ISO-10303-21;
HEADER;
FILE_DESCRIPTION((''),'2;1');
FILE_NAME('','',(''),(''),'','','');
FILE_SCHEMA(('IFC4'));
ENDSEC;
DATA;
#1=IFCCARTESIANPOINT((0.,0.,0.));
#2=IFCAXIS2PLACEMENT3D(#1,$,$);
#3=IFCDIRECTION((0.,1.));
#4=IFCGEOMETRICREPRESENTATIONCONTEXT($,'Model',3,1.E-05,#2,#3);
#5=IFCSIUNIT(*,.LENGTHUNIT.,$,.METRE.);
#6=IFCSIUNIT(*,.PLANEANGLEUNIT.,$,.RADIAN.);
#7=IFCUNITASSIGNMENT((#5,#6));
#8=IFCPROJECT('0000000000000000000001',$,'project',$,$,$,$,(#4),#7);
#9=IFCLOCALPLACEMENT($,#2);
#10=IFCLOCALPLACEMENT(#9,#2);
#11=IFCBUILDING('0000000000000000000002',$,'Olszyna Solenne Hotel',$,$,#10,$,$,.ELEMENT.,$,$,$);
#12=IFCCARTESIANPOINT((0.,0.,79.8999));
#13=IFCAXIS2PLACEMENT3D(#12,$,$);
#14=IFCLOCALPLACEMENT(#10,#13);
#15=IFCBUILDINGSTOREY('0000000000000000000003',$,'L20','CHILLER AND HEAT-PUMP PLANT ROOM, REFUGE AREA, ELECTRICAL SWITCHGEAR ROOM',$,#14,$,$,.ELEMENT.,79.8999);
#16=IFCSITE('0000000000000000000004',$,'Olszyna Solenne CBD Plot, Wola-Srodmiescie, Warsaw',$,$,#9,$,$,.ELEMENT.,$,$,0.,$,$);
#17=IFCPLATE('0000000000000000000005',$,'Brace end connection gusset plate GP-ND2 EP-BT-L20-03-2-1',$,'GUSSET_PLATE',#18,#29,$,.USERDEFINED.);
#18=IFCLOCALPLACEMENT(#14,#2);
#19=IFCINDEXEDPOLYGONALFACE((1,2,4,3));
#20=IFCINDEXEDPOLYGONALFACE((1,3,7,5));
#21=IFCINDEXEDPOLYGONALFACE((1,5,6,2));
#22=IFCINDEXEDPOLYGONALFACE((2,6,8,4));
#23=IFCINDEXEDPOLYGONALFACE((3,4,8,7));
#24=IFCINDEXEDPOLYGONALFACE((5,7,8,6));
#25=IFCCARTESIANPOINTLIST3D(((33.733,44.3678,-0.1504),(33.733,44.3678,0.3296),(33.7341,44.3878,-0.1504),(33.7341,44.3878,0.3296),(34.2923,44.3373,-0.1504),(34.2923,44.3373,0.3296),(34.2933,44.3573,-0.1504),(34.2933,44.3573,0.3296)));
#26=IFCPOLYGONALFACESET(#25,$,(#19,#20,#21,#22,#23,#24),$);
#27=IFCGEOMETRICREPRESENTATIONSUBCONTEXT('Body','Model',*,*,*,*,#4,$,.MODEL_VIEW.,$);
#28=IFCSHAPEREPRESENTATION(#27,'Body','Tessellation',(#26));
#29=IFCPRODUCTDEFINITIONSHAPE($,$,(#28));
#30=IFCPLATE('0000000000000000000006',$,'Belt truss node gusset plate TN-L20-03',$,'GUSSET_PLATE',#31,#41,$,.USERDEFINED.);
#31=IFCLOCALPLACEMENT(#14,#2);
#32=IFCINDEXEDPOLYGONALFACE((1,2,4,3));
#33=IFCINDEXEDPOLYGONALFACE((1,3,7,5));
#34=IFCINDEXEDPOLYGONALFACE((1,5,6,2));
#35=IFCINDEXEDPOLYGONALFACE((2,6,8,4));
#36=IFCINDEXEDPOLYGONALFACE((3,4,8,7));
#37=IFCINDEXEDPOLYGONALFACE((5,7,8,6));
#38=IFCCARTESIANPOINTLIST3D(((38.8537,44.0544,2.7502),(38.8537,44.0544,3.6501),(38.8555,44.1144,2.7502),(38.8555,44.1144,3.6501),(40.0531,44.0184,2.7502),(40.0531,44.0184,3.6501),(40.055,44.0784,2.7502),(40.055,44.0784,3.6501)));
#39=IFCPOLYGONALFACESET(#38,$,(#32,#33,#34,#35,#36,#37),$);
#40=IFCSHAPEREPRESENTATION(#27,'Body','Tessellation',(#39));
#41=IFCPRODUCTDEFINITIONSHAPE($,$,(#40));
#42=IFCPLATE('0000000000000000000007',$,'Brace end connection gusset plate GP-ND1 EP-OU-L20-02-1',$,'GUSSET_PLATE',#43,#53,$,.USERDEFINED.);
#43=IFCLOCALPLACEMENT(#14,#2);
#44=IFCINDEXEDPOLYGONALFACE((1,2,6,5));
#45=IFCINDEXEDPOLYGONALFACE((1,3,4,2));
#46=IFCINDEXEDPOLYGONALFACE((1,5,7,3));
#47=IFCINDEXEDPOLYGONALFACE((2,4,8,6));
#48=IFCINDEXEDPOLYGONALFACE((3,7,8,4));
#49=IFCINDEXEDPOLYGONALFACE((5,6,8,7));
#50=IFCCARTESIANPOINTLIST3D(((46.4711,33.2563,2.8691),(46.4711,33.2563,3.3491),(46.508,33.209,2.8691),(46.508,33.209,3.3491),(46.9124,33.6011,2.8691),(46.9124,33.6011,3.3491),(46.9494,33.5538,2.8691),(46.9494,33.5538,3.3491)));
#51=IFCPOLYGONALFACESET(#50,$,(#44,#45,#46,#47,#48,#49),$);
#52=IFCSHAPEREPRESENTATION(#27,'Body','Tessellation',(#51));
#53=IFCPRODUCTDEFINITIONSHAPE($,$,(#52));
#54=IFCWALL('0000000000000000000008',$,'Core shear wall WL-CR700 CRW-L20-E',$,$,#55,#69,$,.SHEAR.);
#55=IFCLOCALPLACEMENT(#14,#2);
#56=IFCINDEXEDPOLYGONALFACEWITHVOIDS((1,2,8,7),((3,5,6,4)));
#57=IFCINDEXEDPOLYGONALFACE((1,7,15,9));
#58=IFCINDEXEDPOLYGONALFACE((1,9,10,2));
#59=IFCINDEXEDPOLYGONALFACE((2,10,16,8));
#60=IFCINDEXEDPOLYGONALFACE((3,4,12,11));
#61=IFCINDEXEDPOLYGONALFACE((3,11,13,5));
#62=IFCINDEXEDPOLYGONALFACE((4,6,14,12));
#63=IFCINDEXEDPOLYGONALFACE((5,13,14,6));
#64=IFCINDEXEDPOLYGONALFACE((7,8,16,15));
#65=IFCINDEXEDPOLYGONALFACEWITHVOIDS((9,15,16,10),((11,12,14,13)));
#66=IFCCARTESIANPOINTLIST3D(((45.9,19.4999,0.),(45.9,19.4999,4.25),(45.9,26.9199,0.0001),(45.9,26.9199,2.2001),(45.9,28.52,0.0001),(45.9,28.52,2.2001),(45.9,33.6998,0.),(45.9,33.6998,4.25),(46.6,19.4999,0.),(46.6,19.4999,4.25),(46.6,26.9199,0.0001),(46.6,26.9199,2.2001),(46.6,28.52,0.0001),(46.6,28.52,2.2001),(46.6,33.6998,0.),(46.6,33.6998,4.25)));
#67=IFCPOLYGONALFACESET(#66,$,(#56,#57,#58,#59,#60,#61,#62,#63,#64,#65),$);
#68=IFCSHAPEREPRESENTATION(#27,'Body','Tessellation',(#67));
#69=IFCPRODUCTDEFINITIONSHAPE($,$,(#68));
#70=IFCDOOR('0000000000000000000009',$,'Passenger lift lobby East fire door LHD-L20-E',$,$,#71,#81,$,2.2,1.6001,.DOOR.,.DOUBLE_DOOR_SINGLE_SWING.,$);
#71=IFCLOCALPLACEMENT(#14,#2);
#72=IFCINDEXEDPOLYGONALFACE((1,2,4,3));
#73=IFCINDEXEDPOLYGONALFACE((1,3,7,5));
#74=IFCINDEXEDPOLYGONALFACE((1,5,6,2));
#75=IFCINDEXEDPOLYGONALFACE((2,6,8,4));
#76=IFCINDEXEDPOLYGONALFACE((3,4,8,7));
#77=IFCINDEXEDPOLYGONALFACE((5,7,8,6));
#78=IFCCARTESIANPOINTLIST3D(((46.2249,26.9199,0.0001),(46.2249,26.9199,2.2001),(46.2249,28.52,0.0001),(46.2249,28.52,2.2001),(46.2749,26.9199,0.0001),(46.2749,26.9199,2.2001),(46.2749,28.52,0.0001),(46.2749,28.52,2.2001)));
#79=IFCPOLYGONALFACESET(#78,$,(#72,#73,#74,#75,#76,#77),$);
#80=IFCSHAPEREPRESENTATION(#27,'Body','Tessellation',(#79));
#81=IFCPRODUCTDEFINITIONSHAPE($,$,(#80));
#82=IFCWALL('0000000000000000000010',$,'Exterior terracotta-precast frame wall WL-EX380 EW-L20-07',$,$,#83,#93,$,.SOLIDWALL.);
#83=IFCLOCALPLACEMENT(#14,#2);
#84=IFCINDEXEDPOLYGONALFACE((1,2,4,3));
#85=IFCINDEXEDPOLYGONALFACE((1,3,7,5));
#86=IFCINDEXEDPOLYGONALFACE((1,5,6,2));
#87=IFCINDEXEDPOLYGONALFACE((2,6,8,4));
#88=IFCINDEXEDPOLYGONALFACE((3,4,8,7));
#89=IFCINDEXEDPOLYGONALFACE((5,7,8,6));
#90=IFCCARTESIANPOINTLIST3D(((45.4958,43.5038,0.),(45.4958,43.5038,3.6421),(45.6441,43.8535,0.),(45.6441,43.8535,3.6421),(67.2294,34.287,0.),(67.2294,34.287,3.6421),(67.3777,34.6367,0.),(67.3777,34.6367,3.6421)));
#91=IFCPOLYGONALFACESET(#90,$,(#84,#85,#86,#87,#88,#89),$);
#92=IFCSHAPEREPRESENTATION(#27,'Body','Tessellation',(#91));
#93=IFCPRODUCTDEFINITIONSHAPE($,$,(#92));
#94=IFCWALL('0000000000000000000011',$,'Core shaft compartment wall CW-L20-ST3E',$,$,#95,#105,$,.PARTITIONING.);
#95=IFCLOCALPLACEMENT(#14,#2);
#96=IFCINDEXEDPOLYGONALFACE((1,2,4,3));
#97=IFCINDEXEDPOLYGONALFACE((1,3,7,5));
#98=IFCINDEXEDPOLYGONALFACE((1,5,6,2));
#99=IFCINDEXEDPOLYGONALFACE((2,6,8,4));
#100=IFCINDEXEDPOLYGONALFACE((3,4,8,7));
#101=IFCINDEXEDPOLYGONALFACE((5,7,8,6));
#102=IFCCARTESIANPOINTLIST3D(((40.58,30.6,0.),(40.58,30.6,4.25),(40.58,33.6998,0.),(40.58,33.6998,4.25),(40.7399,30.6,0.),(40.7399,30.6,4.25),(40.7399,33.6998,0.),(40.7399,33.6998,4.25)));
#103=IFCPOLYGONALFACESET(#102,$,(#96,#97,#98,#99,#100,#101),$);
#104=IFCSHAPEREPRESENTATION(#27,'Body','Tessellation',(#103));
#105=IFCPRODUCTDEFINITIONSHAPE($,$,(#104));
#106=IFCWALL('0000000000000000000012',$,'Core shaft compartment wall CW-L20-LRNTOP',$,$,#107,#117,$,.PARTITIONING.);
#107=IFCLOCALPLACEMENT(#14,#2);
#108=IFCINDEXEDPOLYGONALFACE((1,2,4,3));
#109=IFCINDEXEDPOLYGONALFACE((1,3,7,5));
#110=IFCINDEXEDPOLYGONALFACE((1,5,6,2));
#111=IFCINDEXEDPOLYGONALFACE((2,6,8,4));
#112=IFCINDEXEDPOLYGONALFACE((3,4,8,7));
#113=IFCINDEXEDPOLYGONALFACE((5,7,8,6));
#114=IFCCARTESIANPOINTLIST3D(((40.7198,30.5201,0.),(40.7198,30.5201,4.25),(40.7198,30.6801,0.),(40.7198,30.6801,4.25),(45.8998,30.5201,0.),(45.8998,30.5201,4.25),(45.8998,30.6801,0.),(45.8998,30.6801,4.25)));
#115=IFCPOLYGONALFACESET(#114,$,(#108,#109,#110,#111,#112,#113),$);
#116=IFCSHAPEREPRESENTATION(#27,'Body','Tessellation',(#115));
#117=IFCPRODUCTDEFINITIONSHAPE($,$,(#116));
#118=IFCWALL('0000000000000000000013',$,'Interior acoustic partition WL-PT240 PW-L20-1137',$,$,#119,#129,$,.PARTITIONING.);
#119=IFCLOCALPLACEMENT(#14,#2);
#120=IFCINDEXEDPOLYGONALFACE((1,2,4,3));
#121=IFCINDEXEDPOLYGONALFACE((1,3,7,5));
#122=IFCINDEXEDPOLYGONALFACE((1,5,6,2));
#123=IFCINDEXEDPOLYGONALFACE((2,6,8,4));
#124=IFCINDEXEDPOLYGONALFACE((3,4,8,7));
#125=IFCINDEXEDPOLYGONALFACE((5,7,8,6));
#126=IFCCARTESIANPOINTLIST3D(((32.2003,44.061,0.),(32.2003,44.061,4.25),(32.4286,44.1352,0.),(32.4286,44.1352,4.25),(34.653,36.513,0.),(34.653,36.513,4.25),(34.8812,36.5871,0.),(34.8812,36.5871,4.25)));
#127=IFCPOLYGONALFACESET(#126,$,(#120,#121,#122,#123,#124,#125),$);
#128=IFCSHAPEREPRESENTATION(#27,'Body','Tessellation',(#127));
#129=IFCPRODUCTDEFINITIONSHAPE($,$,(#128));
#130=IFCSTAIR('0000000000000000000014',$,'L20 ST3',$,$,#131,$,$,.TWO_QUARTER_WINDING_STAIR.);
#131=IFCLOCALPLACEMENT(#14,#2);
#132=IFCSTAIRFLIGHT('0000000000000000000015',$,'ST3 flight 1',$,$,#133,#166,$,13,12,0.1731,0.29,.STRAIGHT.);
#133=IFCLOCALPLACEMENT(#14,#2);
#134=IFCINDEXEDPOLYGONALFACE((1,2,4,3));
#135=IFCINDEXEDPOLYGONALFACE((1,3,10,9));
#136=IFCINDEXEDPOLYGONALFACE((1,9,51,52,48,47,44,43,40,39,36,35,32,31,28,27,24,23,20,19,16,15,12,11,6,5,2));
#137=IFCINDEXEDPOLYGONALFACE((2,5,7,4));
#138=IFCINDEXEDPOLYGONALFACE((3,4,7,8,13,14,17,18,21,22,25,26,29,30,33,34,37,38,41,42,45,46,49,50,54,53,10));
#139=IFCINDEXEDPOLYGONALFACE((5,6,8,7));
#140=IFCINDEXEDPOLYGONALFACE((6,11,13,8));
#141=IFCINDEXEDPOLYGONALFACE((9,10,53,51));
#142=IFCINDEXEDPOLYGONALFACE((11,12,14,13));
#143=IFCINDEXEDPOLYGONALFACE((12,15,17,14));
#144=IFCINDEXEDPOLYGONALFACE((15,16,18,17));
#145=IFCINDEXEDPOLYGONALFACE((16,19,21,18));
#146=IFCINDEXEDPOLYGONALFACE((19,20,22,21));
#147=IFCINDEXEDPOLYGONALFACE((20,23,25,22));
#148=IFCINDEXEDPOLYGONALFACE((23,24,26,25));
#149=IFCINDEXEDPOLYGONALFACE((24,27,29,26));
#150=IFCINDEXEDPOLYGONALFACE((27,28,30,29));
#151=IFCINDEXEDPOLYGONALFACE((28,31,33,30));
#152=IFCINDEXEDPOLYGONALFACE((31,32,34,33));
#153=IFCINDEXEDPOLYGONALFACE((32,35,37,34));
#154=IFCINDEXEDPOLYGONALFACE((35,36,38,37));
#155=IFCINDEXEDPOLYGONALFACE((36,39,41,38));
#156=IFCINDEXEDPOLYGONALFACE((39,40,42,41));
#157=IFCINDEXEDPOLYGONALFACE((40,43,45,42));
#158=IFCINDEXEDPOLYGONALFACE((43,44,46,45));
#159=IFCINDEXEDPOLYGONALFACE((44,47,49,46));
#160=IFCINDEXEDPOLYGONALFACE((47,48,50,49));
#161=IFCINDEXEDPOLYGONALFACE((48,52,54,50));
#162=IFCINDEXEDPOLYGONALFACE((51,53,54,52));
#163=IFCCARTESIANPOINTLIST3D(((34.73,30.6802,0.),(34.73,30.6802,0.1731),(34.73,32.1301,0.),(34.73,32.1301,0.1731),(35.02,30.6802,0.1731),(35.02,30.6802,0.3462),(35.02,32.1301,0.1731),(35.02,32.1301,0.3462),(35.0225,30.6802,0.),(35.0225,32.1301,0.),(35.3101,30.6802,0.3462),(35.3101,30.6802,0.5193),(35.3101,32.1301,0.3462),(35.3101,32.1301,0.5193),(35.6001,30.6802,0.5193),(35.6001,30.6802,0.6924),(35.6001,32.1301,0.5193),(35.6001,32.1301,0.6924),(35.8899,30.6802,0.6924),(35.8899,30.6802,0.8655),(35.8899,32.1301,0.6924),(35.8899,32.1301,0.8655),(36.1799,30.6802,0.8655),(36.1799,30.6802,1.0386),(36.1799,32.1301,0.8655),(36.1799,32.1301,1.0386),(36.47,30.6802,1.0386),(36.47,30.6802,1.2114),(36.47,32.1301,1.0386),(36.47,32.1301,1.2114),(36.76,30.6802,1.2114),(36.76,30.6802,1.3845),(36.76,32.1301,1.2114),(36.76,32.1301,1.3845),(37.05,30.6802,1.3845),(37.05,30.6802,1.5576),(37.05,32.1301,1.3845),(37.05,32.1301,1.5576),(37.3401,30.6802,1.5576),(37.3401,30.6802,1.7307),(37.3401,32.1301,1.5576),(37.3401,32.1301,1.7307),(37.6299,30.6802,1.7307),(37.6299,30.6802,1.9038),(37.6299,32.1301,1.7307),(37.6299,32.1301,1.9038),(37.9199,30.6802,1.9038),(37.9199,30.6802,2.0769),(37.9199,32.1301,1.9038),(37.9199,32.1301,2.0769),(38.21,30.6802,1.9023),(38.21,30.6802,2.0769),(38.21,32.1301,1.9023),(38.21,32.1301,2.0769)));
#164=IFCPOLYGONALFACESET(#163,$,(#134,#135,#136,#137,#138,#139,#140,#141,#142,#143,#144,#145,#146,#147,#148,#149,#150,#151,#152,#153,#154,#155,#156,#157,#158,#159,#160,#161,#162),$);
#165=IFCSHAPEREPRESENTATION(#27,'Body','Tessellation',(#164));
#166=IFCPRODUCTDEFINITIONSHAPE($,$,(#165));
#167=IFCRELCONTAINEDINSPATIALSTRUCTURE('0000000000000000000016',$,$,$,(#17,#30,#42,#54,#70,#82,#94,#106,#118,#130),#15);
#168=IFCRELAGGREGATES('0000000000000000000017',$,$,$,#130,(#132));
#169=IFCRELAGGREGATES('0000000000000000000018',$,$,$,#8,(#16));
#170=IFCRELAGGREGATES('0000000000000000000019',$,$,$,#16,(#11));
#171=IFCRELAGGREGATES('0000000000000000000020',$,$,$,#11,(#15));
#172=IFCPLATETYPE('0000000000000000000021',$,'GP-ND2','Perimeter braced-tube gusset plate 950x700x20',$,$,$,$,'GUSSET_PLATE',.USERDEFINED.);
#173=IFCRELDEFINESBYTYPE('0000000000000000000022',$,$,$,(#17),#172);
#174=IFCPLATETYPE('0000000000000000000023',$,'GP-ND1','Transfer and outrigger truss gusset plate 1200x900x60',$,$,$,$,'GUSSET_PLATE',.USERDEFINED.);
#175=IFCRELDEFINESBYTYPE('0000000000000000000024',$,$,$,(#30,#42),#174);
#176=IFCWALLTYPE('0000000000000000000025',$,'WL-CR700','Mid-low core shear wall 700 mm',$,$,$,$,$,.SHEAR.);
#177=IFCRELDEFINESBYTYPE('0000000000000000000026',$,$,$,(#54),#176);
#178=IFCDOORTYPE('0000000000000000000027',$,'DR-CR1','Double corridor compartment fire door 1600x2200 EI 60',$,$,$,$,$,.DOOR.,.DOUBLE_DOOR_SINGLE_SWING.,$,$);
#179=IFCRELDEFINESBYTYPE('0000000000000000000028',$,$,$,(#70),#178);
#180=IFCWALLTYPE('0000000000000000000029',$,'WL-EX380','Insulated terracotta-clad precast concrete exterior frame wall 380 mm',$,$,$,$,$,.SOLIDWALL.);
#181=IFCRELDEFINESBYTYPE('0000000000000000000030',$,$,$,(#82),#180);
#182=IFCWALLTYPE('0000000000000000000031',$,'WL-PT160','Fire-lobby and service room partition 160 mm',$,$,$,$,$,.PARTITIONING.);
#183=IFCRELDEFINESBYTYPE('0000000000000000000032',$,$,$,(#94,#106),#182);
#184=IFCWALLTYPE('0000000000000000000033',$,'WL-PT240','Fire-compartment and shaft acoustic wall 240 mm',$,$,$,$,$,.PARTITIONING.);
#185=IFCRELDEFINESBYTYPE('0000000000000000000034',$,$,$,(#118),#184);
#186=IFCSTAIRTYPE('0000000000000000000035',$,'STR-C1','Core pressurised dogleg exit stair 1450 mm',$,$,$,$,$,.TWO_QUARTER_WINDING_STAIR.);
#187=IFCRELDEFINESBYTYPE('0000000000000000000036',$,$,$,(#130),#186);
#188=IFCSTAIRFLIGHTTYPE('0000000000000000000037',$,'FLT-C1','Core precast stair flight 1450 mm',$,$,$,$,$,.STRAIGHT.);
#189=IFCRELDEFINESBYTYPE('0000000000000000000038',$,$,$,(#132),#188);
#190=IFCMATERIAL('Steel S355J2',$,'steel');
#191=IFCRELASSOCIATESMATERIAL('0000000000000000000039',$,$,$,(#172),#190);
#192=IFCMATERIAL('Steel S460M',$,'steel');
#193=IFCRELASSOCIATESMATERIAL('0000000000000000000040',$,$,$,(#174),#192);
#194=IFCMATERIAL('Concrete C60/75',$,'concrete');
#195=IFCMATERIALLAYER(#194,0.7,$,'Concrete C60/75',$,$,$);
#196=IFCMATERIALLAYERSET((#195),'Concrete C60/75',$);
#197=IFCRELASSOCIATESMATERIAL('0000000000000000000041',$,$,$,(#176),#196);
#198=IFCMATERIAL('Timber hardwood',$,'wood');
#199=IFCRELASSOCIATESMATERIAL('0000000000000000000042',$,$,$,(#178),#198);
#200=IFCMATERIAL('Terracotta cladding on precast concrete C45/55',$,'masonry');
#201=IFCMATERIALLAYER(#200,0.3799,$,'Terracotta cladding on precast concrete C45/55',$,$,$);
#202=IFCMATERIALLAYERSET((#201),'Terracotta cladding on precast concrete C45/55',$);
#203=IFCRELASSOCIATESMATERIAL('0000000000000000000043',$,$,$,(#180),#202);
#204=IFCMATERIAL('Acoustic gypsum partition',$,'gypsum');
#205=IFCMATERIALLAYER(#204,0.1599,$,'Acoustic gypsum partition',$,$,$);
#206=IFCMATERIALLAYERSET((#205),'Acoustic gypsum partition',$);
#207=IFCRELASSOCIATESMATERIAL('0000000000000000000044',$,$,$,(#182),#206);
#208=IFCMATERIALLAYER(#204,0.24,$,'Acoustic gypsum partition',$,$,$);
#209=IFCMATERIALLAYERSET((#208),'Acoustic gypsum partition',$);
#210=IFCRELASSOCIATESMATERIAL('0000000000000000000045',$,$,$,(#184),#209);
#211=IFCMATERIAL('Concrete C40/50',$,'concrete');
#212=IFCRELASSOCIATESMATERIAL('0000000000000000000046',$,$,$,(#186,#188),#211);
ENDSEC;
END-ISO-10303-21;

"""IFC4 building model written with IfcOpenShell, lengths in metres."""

from ifc_helpers import new_model, si_unit, direction, frame, frame_2d, origin, origin_2d, place, context, subcontext, project, spatial, polyline, rectangle, outline, extrude, source, transform, mapped, material, layer, layer_set, type_object, type_shapes, element, fill, aggregate, save


model = new_model("IFC4")

# Units and contexts
model_context = context("Model", 3, precision=1e-05, world=origin(), true_north=direction((0.0, 1.0)))
body_context = subcontext(model_context, "Body", "Model", "MODEL_VIEW")
ifc_project = project(units=[si_unit("LENGTHUNIT", "METRE"), si_unit("PLANEANGLEUNIT", "RADIAN")], contexts=[model_context])

# Site, building, storey
site_placement = place(None, origin())
site = spatial("IfcSite", under=ifc_project, at=site_placement, Name="Olszyna Solenne CBD Plot, Wola-Srodmiescie, Warsaw", CompositionType="ELEMENT", RefElevation=0.0)
building_placement = place(site_placement, origin())
building = spatial("IfcBuilding", under=site, at=building_placement, Name="Olszyna Solenne Hotel", CompositionType="ELEMENT")
storey_placement = place(building_placement, frame((0.0, 0.0, 79.8999)))
storey = spatial("IfcBuildingStorey", under=building, at=storey_placement, Name="L20", Description="CHILLER AND HEAT-PUMP PLANT ROOM, REFUGE AREA, ELECTRICAL SWITCHGEAR ROOM", CompositionType="ELEMENT", Elevation=79.8999)

# Shared definitions
ifc_material_1 = material(Name="Steel S460M", Category="steel")

# Shared definitions
ifc_material_2 = material(Name="Steel S355J2", Category="steel")

# Plates
plate_type_1 = type_object("IfcPlateType", Name="GP-ND2", Description="Perimeter braced-tube gusset plate 950x700x20", ElementType="GUSSET_PLATE", PredefinedType="USERDEFINED", material=ifc_material_2)
shared_shape_1 = source(origin(), body_context, "Body", "SweptSolid", [
    extrude(rectangle(XDim=0.5601, YDim=0.02, at=origin_2d()), origin(), (0.0, 0.0, 1.0), 0.48),
])
for number, where, z_axis, x_axis, name in (
    (1, (34.0132, 44.3625, -0.1504), (0.0, 0.0, 1.0), (0.998518, -0.054427, 0.0), "Brace end connection gusset plate GP-ND2 EP-BT-L20-03-2-1"),
):
    element("IfcPlate", number, at=place(storey_placement, frame(where, z_axis=z_axis, x_axis=x_axis)), inside=storey, type_object=plate_type_1, Name=name, ObjectType="GUSSET_PLATE", PredefinedType="USERDEFINED", context=body_context, shape_type="MappedRepresentation", body=[
        mapped(shared_shape_1, transform((0.0, 0.0, 0.0), x_axis=(1.0, 0.0, 0.0), y_axis=(0.0, 1.0, 0.0), z_axis=(0.0, 0.0, 1.0), scale=1.0)),
    ])
plate_type_2 = type_object("IfcPlateType", Name="GP-ND1", Description="Transfer and outrigger truss gusset plate 1200x900x60", ElementType="GUSSET_PLATE", PredefinedType="USERDEFINED", material=ifc_material_1)
shared_shape_2 = source(origin(), body_context, "Body", "SweptSolid", [
    extrude(rectangle(XDim=1.2, YDim=0.0601, at=origin_2d()), origin(), (0.0, 0.0, 1.0), 0.8999),
])
plate_1_placement = place(storey_placement, frame((39.4543, 44.0664, 2.7502), z_axis=(0.0, 0.0, 1.0), x_axis=(-0.999549, 0.030015, 0.0)))
element("IfcPlate", 2, at=plate_1_placement, inside=storey, type_object=plate_type_2, Name="Belt truss node gusset plate TN-L20-03", ObjectType="GUSSET_PLATE", PredefinedType="USERDEFINED", context=body_context, shape_type="MappedRepresentation", body=[
    mapped(shared_shape_2, transform((0.0, 0.0, 0.0), x_axis=(1.0, 0.0, 0.0), y_axis=(0.0, 1.0, 0.0), z_axis=(0.0, 0.0, 1.0), scale=1.0)),
])
shared_shape_3 = source(origin(), body_context, "Body", "SweptSolid", [
    extrude(rectangle(XDim=0.5601, YDim=0.0601, at=origin_2d()), origin(), (0.0, 0.0, 1.0), 0.48),
])
plate_2_placement = place(storey_placement, frame((46.7102, 33.405, 2.8691), z_axis=(0.0, 0.0, 1.0), x_axis=(0.788011, 0.615661, 0.0)))
element("IfcPlate", 3, at=plate_2_placement, inside=storey, type_object=plate_type_2, Name="Brace end connection gusset plate GP-ND1 EP-OU-L20-02-1", ObjectType="GUSSET_PLATE", PredefinedType="USERDEFINED", context=body_context, shape_type="MappedRepresentation", body=[
    mapped(shared_shape_3, transform((0.0, 0.0, 0.0), x_axis=(1.0, 0.0, 0.0), y_axis=(0.0, 1.0, 0.0), z_axis=(0.0, 0.0, 1.0), scale=1.0)),
])

# Wall, opening, door
ifc_material_3 = material(Name="Concrete C60/75", Category="concrete")
ifc_layer_1 = layer(ifc_material_3, 0.7, Name="Concrete C60/75")
ifc_layer_set_1 = layer_set([ifc_layer_1], Name="Concrete C60/75")
wall_type_1 = type_object("IfcWallType", Name="WL-CR700", Description="Mid-low core shear wall 700 mm", PredefinedType="SHEAR", material=ifc_layer_set_1)
wall_1_placement = place(storey_placement, frame((46.25, 33.7, 0.0), z_axis=(0.0, 0.0, 1.0), x_axis=(0.0, -1.0, 0.0)))
wall_1 = element("IfcWall", 4, at=wall_1_placement, inside=storey, type_object=wall_type_1, Name="Core shear wall WL-CR700 CRW-L20-E", PredefinedType="SHEAR", context=body_context, shape_type="SweptSolid", body=[
    extrude(rectangle(XDim=14.2, YDim=0.7, at=frame_2d((7.1001, 0.0))), origin(), (0.0, 0.0, 1.0), 4.25),
])
opening_placement = place(wall_1_placement, frame((5.1799, 0.0, 0.0)))
opening = element("IfcOpeningElement", 5, at=opening_placement, cuts=wall_1, PredefinedType="OPENING", context=body_context, shape_type="SweptSolid", body=[
    extrude(rectangle(XDim=1.6001, YDim=2.2, at=frame_2d((0.8, 1.1001))), frame((0.0, 0.3599, 0.0), z_axis=(0.0, -1.0, 0.0), x_axis=(1.0, 0.0, 0.0)), (0.0, 0.0, 1.0), 0.72),
])
ifc_material_4 = material(Name="Timber hardwood", Category="wood")
door_type = type_object("IfcDoorType", Name="DR-CR1", Description="Double corridor compartment fire door 1600x2200 EI 60", OperationType="DOUBLE_DOOR_SINGLE_SWING", PredefinedType="DOOR", material=ifc_material_4)
shared_shape_4 = source(origin(), body_context, "Body", "SweptSolid", [
    extrude(rectangle(XDim=1.6001, YDim=2.2, at=frame_2d((0.8, 1.1001))), frame((0.0, 0.0249, 0.0), z_axis=(0.0, -1.0, 0.0), x_axis=(1.0, 0.0, 0.0)), (0.0, 0.0, 1.0), 0.05),
])
type_shapes(door_type, [shared_shape_4])
door_placement = place(opening_placement, origin())
door = element("IfcDoor", 6, at=door_placement, inside=storey, type_object=door_type, Name="Passenger lift lobby East fire door LHD-L20-E", OperationType="DOUBLE_DOOR_SINGLE_SWING", OverallHeight=2.2, OverallWidth=1.6001, PredefinedType="DOOR", context=body_context, shape_type="MappedRepresentation", body=[
    mapped(shared_shape_4, transform((0.0, 0.0, 0.0), x_axis=(1.0, 0.0, 0.0), y_axis=(0.0, 1.0, 0.0), z_axis=(0.0, 0.0, 1.0), scale=1.0)),
])
fill(opening, door)

# Walls
ifc_material_5 = material(Name="Terracotta cladding on precast concrete C45/55", Category="masonry")
ifc_layer_2 = layer(ifc_material_5, 0.3799, Name="Terracotta cladding on precast concrete C45/55")
ifc_layer_set_2 = layer_set([ifc_layer_2], Name="Terracotta cladding on precast concrete C45/55")
wall_type_2 = type_object("IfcWallType", Name="WL-EX380", Description="Insulated terracotta-clad precast concrete exterior frame wall 380 mm", PredefinedType="SOLIDWALL", material=ifc_layer_set_2)
wall_2_placement = place(storey_placement, frame((45.5698, 43.6787, 0.0), z_axis=(0.0, 0.0, 1.0), x_axis=(0.920636, -0.390423, 0.0)))
element("IfcWall", 7, at=wall_2_placement, inside=storey, type_object=wall_type_2, Name="Exterior terracotta-precast frame wall WL-EX380 EW-L20-07", PredefinedType="SOLIDWALL", context=body_context, shape_type="SweptSolid", body=[
    extrude(rectangle(XDim=23.6072, YDim=0.3799, at=frame_2d((11.8037, 0.0))), origin(), (0.0, 0.0, 1.0), 3.6421),
])
ifc_material_6 = material(Name="Acoustic gypsum partition", Category="gypsum")
ifc_layer_3 = layer(ifc_material_6, 0.1599, Name="Acoustic gypsum partition")
ifc_layer_set_3 = layer_set([ifc_layer_3], Name="Acoustic gypsum partition")
wall_type_3 = type_object("IfcWallType", Name="WL-PT160", Description="Fire-lobby and service room partition 160 mm", PredefinedType="PARTITIONING", material=ifc_layer_set_3)
wall_3_placement = place(storey_placement, frame((40.6599, 30.6001, 0.0), z_axis=(0.0, 0.0, 1.0), x_axis=(0.0, 1.0, 0.0)))
element("IfcWall", 8, at=wall_3_placement, inside=storey, type_object=wall_type_3, Name="Core shaft compartment wall CW-L20-ST3E", PredefinedType="PARTITIONING", context=body_context, shape_type="SweptSolid", body=[
    extrude(rectangle(XDim=3.0999, YDim=0.1599, at=frame_2d((1.5498, 0.0))), origin(), (0.0, 0.0, 1.0), 4.25),
])
wall_4_placement = place(storey_placement, frame((40.72, 30.6001, 0.0), z_axis=(0.0, 0.0, 1.0), x_axis=(1.0, 0.0, 0.0)))
element("IfcWall", 9, at=wall_4_placement, inside=storey, type_object=wall_type_3, Name="Core shaft compartment wall CW-L20-LRNTOP", PredefinedType="PARTITIONING", context=body_context, shape_type="SweptSolid", body=[
    extrude(rectangle(XDim=5.1799, YDim=0.1599, at=frame_2d((2.5898, 0.0))), origin(), (0.0, 0.0, 1.0), 4.25),
])
ifc_layer_4 = layer(ifc_material_6, 0.24, Name="Acoustic gypsum partition")
ifc_layer_set_4 = layer_set([ifc_layer_4], Name="Acoustic gypsum partition")
wall_type_4 = type_object("IfcWallType", Name="WL-PT240", Description="Fire-compartment and shaft acoustic wall 240 mm", PredefinedType="PARTITIONING", material=ifc_layer_set_4)
wall_5_placement = place(storey_placement, frame((34.7671, 36.55, 0.0), z_axis=(0.0, 0.0, 1.0), x_axis=(-0.30903, 0.951052, 0.0)))
element("IfcWall", 10, at=wall_5_placement, inside=storey, type_object=wall_type_4, Name="Interior acoustic partition WL-PT240 PW-L20-1137", PredefinedType="PARTITIONING", context=body_context, shape_type="SweptSolid", body=[
    extrude(rectangle(XDim=7.9365, YDim=0.24, at=frame_2d((3.9683, 0.0))), origin(), (0.0, 0.0, 1.0), 4.25),
])

# Stair, stair flight
ifc_material_7 = material(Name="Concrete C40/50", Category="concrete")
stair_type = type_object("IfcStairType", Name="STR-C1", Description="Core pressurised dogleg exit stair 1450 mm", PredefinedType="TWO_QUARTER_WINDING_STAIR", material=ifc_material_7)
stair_placement = place(storey_placement, origin())
stair = element("IfcStair", 11, at=stair_placement, inside=storey, type_object=stair_type, Name="L20 ST3", PredefinedType="TWO_QUARTER_WINDING_STAIR")
stair_flight_type = type_object("IfcStairFlightType", Name="FLT-C1", Description="Core precast stair flight 1450 mm", PredefinedType="STRAIGHT", material=ifc_material_7)
stair_flight_1_placement = place(storey_placement, frame((34.73, 31.405, 0.0), z_axis=(0.0, 0.0, 1.0), x_axis=(1.0, 0.0, 0.0)))
stair_flight_1 = element("IfcStairFlight", 12, at=stair_flight_1_placement, type_object=stair_flight_type, Name="ST3 flight 1", NumberOfRisers=13, NumberOfTreads=12, PredefinedType="STRAIGHT", RiserHeight=0.1731, TreadLength=0.29, context=body_context, shape_type="SweptSolid", body=[
    extrude(outline(polyline([(0.0, 0.0), (0.0, 0.1731), (0.29, 0.1731), (0.29, 0.3462), (0.5801, 0.3462), (0.5801, 0.5193), (0.8701, 0.5193), (0.8701, 0.6924), (1.1599, 0.6924), (1.1599, 0.8655), (1.45, 0.8655), (1.45, 1.0386), (1.74, 1.0386), (1.74, 1.2114), (2.03, 1.2114), (2.03, 1.3845), (2.3201, 1.3845), (2.3201, 1.5576), (2.6101, 1.5576), (2.6101, 1.7307), (2.8999, 1.7307), (2.8999, 1.9038), (3.1899, 1.9038), (3.1899, 2.0769), (3.48, 2.0769), (3.48, 2.25), (3.48, 1.9023), (0.2925, 0.0), (0.0, 0.0)])), frame((0.0, 0.7251, 0.0), z_axis=(0.0, -1.0, 0.0), x_axis=(1.0, 0.0, 0.0)), (0.0, 0.0, 1.0), 1.45),
])
aggregate(stair, [stair_flight_1])

save(model, "model.ifc")
